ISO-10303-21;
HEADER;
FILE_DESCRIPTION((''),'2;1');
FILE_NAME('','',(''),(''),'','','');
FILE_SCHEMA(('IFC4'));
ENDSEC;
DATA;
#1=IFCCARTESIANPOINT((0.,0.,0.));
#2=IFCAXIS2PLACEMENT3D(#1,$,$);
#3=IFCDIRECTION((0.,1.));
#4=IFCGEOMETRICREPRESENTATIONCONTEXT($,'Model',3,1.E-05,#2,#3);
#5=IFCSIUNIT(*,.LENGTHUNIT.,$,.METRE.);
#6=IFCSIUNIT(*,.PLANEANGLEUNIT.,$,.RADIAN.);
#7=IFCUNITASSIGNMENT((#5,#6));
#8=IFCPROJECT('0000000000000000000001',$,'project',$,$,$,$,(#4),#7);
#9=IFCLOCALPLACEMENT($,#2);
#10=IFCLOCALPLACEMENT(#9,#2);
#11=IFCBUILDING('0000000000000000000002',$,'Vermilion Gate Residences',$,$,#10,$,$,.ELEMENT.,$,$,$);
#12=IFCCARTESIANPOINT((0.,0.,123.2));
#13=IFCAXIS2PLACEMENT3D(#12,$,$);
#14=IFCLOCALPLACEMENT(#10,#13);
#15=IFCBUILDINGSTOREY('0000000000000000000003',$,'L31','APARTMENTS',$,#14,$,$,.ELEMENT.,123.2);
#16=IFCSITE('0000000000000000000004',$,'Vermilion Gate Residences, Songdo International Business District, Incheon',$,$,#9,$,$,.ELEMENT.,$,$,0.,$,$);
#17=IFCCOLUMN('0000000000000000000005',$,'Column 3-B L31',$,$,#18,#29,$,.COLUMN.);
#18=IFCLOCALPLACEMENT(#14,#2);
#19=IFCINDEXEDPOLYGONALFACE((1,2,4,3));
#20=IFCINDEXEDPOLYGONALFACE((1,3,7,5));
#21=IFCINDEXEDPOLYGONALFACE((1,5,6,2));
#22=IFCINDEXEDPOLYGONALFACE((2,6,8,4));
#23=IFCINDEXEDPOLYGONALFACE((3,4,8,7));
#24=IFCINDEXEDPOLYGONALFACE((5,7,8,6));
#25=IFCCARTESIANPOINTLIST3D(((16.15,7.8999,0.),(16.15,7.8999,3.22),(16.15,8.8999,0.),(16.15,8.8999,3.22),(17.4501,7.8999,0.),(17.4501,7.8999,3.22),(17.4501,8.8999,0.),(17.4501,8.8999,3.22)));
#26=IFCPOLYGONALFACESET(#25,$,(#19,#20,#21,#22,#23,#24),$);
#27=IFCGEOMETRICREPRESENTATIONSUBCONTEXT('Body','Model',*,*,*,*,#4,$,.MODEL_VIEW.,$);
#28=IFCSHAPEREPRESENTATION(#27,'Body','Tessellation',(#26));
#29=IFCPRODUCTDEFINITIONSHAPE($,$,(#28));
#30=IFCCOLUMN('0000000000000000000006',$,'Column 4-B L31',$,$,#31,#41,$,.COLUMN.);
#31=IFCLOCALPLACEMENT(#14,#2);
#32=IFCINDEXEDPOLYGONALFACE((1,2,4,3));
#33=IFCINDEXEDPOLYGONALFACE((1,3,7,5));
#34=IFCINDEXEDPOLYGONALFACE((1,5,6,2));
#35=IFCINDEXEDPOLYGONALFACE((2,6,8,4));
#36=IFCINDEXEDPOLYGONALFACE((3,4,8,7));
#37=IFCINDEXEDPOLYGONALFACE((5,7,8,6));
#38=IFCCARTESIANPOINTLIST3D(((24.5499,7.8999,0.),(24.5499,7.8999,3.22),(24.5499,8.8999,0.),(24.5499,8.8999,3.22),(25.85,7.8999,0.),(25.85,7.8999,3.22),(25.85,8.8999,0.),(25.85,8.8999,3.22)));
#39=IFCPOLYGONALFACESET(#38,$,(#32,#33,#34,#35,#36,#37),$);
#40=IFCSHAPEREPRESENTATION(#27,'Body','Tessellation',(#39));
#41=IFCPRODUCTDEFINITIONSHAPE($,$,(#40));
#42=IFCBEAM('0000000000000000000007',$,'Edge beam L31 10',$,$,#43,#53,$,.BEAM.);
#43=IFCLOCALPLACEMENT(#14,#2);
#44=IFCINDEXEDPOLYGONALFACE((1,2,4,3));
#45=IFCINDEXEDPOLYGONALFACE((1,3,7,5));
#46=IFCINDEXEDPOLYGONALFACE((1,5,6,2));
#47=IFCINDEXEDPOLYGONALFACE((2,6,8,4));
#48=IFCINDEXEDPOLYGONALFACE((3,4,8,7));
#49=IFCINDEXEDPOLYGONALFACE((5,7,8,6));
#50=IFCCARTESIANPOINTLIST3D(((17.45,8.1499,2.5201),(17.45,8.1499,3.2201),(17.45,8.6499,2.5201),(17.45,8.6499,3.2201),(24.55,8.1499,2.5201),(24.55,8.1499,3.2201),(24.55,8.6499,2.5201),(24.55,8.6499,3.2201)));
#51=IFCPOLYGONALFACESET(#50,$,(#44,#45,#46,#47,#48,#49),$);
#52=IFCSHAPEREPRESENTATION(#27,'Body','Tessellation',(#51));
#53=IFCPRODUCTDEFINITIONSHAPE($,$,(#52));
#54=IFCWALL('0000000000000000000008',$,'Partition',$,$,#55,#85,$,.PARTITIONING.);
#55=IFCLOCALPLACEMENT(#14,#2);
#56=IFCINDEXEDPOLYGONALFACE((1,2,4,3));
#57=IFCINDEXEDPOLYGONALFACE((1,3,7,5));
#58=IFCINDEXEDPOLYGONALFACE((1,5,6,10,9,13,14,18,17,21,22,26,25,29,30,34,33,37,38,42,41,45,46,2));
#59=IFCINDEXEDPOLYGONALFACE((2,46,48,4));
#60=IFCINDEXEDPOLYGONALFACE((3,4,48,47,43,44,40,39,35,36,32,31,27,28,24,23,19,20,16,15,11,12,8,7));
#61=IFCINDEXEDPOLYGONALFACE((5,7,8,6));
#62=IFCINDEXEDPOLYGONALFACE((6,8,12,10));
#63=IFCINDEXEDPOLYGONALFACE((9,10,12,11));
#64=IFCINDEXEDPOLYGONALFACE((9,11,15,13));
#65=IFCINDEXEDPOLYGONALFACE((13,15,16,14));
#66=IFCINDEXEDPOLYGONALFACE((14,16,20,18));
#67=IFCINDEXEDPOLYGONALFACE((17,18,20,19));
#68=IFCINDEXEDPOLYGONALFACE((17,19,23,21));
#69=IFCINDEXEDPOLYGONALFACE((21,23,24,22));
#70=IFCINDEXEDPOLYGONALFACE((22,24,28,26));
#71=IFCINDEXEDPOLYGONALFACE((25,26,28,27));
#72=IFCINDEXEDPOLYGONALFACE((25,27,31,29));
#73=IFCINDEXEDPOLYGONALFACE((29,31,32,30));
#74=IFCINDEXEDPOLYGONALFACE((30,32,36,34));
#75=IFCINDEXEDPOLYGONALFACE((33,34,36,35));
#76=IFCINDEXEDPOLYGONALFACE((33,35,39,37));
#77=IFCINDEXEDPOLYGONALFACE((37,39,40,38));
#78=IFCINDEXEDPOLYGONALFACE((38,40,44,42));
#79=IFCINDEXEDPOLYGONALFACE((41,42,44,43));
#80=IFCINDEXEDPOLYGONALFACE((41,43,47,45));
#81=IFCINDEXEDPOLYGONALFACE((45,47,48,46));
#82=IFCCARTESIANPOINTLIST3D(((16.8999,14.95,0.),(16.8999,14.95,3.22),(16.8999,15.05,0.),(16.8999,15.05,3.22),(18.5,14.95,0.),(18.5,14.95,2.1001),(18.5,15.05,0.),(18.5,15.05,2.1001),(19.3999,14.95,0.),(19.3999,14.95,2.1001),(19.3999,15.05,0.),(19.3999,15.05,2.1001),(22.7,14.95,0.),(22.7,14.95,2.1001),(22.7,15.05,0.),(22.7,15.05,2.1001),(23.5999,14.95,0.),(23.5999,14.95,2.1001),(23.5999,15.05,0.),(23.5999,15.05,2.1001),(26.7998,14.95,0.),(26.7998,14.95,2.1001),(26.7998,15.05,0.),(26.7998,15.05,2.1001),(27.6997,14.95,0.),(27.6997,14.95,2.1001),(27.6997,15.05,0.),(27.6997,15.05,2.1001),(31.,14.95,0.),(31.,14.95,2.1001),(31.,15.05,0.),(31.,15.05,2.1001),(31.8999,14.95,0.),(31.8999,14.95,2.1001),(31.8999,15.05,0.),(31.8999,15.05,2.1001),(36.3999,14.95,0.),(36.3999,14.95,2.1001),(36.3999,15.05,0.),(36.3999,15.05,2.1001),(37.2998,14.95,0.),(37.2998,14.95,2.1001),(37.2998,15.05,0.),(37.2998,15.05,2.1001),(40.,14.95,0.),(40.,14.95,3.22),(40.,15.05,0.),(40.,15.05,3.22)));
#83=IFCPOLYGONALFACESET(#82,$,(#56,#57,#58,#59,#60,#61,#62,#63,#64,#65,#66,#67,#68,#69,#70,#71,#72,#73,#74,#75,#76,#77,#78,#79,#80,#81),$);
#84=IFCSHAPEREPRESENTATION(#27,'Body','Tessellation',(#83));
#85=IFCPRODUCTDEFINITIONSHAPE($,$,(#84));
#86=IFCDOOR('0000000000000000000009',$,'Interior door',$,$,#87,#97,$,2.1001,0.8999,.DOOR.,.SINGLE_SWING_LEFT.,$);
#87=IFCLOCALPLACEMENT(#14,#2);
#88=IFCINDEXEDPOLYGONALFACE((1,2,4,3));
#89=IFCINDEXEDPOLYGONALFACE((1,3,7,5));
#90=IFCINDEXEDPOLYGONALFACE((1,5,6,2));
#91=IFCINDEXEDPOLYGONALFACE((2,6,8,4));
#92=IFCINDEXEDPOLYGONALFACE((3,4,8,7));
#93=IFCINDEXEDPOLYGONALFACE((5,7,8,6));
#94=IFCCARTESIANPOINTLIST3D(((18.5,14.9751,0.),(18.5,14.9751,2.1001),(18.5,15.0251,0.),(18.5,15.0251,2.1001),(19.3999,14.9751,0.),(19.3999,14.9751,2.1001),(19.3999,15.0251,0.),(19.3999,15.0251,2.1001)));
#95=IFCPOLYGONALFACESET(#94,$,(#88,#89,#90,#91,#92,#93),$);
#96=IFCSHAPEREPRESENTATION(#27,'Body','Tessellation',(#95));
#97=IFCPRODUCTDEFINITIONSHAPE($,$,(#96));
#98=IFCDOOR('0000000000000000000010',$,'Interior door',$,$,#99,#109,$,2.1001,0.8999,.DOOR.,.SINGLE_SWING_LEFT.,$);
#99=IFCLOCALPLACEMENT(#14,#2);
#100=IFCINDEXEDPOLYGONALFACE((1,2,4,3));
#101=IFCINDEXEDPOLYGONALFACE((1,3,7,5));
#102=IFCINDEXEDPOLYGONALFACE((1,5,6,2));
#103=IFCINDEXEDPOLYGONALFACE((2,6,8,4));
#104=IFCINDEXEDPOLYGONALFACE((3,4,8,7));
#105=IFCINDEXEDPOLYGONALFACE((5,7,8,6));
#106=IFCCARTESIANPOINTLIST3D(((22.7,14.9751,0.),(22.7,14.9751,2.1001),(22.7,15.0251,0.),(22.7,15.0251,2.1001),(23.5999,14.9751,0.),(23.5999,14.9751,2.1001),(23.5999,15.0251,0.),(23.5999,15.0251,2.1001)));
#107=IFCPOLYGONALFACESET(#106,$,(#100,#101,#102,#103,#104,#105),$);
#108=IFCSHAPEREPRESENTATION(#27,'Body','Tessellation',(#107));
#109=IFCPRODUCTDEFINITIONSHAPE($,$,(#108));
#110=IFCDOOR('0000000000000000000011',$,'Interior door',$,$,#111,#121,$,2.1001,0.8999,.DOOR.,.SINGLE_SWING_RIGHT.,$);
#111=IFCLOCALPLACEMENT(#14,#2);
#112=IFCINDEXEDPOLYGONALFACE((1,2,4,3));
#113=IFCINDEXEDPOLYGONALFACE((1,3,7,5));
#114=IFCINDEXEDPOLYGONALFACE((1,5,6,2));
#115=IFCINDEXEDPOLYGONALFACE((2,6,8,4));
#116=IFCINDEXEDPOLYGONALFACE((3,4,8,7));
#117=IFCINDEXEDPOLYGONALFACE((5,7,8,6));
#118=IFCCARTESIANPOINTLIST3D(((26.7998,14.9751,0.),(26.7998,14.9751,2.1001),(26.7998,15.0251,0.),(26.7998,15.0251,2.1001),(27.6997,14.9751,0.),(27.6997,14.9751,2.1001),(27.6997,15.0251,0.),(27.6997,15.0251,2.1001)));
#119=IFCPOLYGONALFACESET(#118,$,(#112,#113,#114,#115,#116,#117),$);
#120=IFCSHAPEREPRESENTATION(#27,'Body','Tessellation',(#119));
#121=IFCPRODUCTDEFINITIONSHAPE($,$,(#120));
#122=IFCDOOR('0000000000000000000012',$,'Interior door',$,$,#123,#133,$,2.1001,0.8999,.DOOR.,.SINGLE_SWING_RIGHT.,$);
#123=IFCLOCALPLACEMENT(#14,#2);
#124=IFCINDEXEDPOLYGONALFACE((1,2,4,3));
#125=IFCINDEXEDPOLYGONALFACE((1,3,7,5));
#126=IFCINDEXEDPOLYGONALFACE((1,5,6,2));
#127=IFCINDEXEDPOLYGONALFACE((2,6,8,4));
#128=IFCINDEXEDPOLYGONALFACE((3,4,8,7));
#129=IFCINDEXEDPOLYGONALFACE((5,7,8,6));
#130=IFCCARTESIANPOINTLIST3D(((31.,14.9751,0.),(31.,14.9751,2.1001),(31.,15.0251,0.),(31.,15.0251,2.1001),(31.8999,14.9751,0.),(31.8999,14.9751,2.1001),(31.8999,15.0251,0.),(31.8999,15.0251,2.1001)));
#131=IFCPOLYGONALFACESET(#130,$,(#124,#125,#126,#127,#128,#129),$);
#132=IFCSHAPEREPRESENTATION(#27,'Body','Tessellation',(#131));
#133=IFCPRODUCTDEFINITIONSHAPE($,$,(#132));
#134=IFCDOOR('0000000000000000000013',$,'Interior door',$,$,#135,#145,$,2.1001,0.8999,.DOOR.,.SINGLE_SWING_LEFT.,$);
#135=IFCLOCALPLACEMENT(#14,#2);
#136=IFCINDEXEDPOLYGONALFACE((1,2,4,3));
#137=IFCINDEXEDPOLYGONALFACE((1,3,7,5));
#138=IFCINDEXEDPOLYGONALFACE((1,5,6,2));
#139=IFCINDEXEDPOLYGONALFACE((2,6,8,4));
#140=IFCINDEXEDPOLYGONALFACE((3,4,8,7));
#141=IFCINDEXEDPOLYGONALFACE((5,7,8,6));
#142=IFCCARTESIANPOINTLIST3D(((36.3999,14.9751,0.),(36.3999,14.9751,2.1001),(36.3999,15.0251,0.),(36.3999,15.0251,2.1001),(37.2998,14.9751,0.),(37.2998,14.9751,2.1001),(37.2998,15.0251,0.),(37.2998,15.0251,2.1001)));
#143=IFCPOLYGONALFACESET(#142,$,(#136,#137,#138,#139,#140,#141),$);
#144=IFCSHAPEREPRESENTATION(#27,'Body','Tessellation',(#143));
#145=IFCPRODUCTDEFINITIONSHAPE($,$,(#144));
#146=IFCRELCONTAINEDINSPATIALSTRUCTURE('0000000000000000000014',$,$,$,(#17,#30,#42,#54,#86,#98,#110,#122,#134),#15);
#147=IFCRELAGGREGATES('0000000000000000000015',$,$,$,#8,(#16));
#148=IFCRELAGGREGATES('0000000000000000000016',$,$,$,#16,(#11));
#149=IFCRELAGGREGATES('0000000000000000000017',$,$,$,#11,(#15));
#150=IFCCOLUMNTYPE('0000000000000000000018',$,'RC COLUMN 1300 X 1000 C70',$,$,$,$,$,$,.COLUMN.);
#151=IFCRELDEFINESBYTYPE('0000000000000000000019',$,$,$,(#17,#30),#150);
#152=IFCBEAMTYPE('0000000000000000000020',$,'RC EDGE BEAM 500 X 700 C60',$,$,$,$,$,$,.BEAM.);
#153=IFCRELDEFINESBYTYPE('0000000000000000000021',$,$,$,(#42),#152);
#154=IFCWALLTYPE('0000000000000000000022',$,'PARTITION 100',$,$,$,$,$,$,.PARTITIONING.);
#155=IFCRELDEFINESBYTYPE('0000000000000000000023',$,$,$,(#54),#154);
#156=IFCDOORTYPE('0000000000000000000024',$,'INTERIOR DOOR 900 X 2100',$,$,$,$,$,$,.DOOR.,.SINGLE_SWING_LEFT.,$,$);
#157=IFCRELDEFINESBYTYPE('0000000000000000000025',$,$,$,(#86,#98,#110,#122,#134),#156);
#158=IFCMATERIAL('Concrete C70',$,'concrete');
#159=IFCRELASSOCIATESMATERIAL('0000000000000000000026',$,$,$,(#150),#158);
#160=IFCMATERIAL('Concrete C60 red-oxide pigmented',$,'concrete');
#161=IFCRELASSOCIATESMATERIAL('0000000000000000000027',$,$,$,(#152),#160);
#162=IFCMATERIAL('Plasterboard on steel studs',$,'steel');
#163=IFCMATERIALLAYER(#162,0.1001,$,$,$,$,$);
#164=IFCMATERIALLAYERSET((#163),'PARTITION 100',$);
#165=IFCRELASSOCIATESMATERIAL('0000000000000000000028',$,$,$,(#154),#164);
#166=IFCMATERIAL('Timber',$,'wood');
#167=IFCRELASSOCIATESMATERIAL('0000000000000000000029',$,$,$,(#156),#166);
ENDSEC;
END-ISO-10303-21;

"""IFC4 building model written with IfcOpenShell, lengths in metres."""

from ifc_helpers import new_model, si_unit, direction, frame, frame_2d, origin, origin_2d, place, context, subcontext, project, spatial, rectangle, extrude, material, layer, layer_set, material_profile, profile_set, type_object, element, fill, save


model = new_model("IFC4")

# Units and contexts
model_context = context("Model", 3, precision=1e-05, world=origin(), true_north=direction((0.0, 1.0)))
body_context = subcontext(model_context, "Body", "Model", "MODEL_VIEW")
ifc_project = project(units=[si_unit("LENGTHUNIT", "METRE"), si_unit("PLANEANGLEUNIT", "RADIAN")], contexts=[model_context])

# Site, building, storey
site_placement = place(None, origin())
site = spatial("IfcSite", under=ifc_project, at=site_placement, Name="Vermilion Gate Residences, Songdo International Business District, Incheon", CompositionType="ELEMENT", RefElevation=0.0)
building_placement = place(site_placement, origin())
building = spatial("IfcBuilding", under=site, at=building_placement, Name="Vermilion Gate Residences", CompositionType="ELEMENT")
storey_placement = place(building_placement, frame((0.0, 0.0, 123.2)))
storey = spatial("IfcBuildingStorey", under=building, at=storey_placement, Name="L31", Description="APARTMENTS", CompositionType="ELEMENT", Elevation=123.2)

# Columns
ifc_material_1 = material(Name="Concrete C70", Category="concrete")
ifc_material_profile_1 = material_profile(ifc_material_1, rectangle(XDim=1.3, YDim=1.0, at=origin_2d()), Name="RC-1300x1000")
ifc_profile_set_1 = profile_set([ifc_material_profile_1], Name="Concrete C70")
column_type = type_object("IfcColumnType", Name="RC COLUMN 1300 X 1000 C70", PredefinedType="COLUMN", material=ifc_profile_set_1)
for number, where, z_axis, x_axis, name in (
    (1, (16.8, 8.3999, 0.0), (0.0, 0.0, 1.0), (1.0, 0.0, 0.0), "Column 3-B L31"),
    (2, (25.2, 8.3999, 0.0), (0.0, 0.0, 1.0), (1.0, 0.0, 0.0), "Column 4-B L31"),
):
    element("IfcColumn", number, at=place(storey_placement, frame(where, z_axis=z_axis, x_axis=x_axis)), inside=storey, type_object=column_type, Name=name, PredefinedType="COLUMN", context=body_context, shape_type="SweptSolid", body=[
        extrude(rectangle(XDim=1.3, YDim=1.0, at=origin_2d()), origin(), (0.0, 0.0, 1.0), 3.22),
    ])

# Beam
ifc_material_2 = material(Name="Concrete C60 red-oxide pigmented", Category="concrete")
ifc_material_profile_2 = material_profile(ifc_material_2, rectangle(XDim=0.5, YDim=0.7, at=origin_2d()), Name="RC-500x700")
ifc_profile_set_2 = profile_set([ifc_material_profile_2], Name="Concrete C60 red-oxide pigmented")
beam_type = type_object("IfcBeamType", Name="RC EDGE BEAM 500 X 700 C60", PredefinedType="BEAM", material=ifc_profile_set_2)
beam_placement = place(storey_placement, frame((17.45, 8.3999, 2.8701), z_axis=(1.0, 0.0, 0.0), x_axis=(0.0, 1.0, 0.0)))
element("IfcBeam", 3, at=beam_placement, inside=storey, type_object=beam_type, Name="Edge beam L31 10", PredefinedType="BEAM", context=body_context, shape_type="SweptSolid", body=[
    extrude(rectangle(XDim=0.5, YDim=0.7, at=origin_2d()), origin(), (0.0, 0.0, 1.0), 7.1001),
])

# Wall, openings, doors
ifc_material_3 = material(Name="Plasterboard on steel studs", Category="steel")
ifc_layer_1 = layer(ifc_material_3, 0.1001)
ifc_layer_set_1 = layer_set([ifc_layer_1], Name="PARTITION 100")
wall_type_1 = type_object("IfcWallType", Name="PARTITION 100", PredefinedType="PARTITIONING", material=ifc_layer_set_1)
wall_1_placement = place(storey_placement, frame((16.8999, 15.0, 0.0), z_axis=(0.0, 0.0, 1.0), x_axis=(1.0, 0.0, 0.0)))
wall_1 = element("IfcWall", 4, at=wall_1_placement, inside=storey, type_object=wall_type_1, Name="Partition", PredefinedType="PARTITIONING", context=body_context, shape_type="SweptSolid", body=[
    extrude(rectangle(XDim=23.1001, YDim=0.1001, at=frame_2d((11.55, 0.0))), origin(), (0.0, 0.0, 1.0), 3.22),
])
opening_1_placement = place(wall_1_placement, frame((1.6001, 0.0, 0.0)))
opening_1 = element("IfcOpeningElement", 5, at=opening_1_placement, cuts=wall_1, PredefinedType="OPENING", context=body_context, shape_type="SweptSolid", body=[
    extrude(rectangle(XDim=0.8999, YDim=2.1001, at=frame_2d((0.45, 1.05))), frame((0.0, 0.0601, 0.0), z_axis=(0.0, -1.0, 0.0), x_axis=(1.0, 0.0, 0.0)), (0.0, 0.0, 1.0), 0.1201),
])
opening_2_placement = place(wall_1_placement, frame((5.8, 0.0, 0.0)))
opening_2 = element("IfcOpeningElement", 6, at=opening_2_placement, cuts=wall_1, PredefinedType="OPENING", context=body_context, shape_type="SweptSolid", body=[
    extrude(rectangle(XDim=0.8999, YDim=2.1001, at=frame_2d((0.45, 1.05))), frame((0.0, 0.0601, 0.0), z_axis=(0.0, -1.0, 0.0), x_axis=(1.0, 0.0, 0.0)), (0.0, 0.0, 1.0), 0.1201),
])
opening_3_placement = place(wall_1_placement, frame((9.8999, 0.0, 0.0)))
opening_3 = element("IfcOpeningElement", 7, at=opening_3_placement, cuts=wall_1, PredefinedType="OPENING", context=body_context, shape_type="SweptSolid", body=[
    extrude(rectangle(XDim=0.8999, YDim=2.1001, at=frame_2d((0.45, 1.05))), frame((0.0, 0.0601, 0.0), z_axis=(0.0, -1.0, 0.0), x_axis=(1.0, 0.0, 0.0)), (0.0, 0.0, 1.0), 0.1201),
])
opening_4_placement = place(wall_1_placement, frame((14.1001, 0.0, 0.0)))
opening_4 = element("IfcOpeningElement", 8, at=opening_4_placement, cuts=wall_1, PredefinedType="OPENING", context=body_context, shape_type="SweptSolid", body=[
    extrude(rectangle(XDim=0.8999, YDim=2.1001, at=frame_2d((0.45, 1.05))), frame((0.0, 0.0601, 0.0), z_axis=(0.0, -1.0, 0.0), x_axis=(1.0, 0.0, 0.0)), (0.0, 0.0, 1.0), 0.1201),
])
opening_5_placement = place(wall_1_placement, frame((19.5, 0.0, 0.0)))
opening_5 = element("IfcOpeningElement", 9, at=opening_5_placement, cuts=wall_1, PredefinedType="OPENING", context=body_context, shape_type="SweptSolid", body=[
    extrude(rectangle(XDim=0.8999, YDim=2.1001, at=frame_2d((0.45, 1.05))), frame((0.0, 0.0601, 0.0), z_axis=(0.0, -1.0, 0.0), x_axis=(1.0, 0.0, 0.0)), (0.0, 0.0, 1.0), 0.1201),
])
ifc_material_4 = material(Name="Timber", Category="wood")
door_type = type_object("IfcDoorType", Name="INTERIOR DOOR 900 X 2100", OperationType="SINGLE_SWING_LEFT", PredefinedType="DOOR", material=ifc_material_4)
door_1_placement = place(opening_1_placement, frame((0.8999, 0.0, 0.0), z_axis=(0.0, 0.0, 1.0), x_axis=(-1.0, 0.0, 0.0)))
door_1 = element("IfcDoor", 10, at=door_1_placement, inside=storey, type_object=door_type, Name="Interior door", OperationType="SINGLE_SWING_LEFT", OverallHeight=2.1001, OverallWidth=0.8999, PredefinedType="DOOR", context=body_context, shape_type="SweptSolid", body=[
    extrude(rectangle(XDim=0.8999, YDim=2.1001, at=frame_2d((0.45, 1.05))), frame((0.0, 0.0249, 0.0), z_axis=(0.0, -1.0, 0.0), x_axis=(1.0, 0.0, 0.0)), (0.0, 0.0, 1.0), 0.05),
])
fill(opening_1, door_1)
door_2_placement = place(opening_2_placement, frame((0.8999, 0.0, 0.0), z_axis=(0.0, 0.0, 1.0), x_axis=(-1.0, 0.0, 0.0)))
door_2 = element("IfcDoor", 11, at=door_2_placement, inside=storey, type_object=door_type, Name="Interior door", OperationType="SINGLE_SWING_LEFT", OverallHeight=2.1001, OverallWidth=0.8999, PredefinedType="DOOR", context=body_context, shape_type="SweptSolid", body=[
    extrude(rectangle(XDim=0.8999, YDim=2.1001, at=frame_2d((0.45, 1.05))), frame((0.0, 0.0249, 0.0), z_axis=(0.0, -1.0, 0.0), x_axis=(1.0, 0.0, 0.0)), (0.0, 0.0, 1.0), 0.05),
])
fill(opening_2, door_2)
door_3_placement = place(opening_3_placement, frame((0.8999, 0.0, 0.0), z_axis=(0.0, 0.0, 1.0), x_axis=(-1.0, 0.0, 0.0)))
door_3 = element("IfcDoor", 12, at=door_3_placement, inside=storey, type_object=door_type, Name="Interior door", OperationType="SINGLE_SWING_RIGHT", OverallHeight=2.1001, OverallWidth=0.8999, PredefinedType="DOOR", context=body_context, shape_type="SweptSolid", body=[
    extrude(rectangle(XDim=0.8999, YDim=2.1001, at=frame_2d((0.45, 1.05))), frame((0.0, 0.0249, 0.0), z_axis=(0.0, -1.0, 0.0), x_axis=(1.0, 0.0, 0.0)), (0.0, 0.0, 1.0), 0.05),
])
fill(opening_3, door_3)
door_4_placement = place(opening_4_placement, frame((0.8999, 0.0, 0.0), z_axis=(0.0, 0.0, 1.0), x_axis=(-1.0, 0.0, 0.0)))
door_4 = element("IfcDoor", 13, at=door_4_placement, inside=storey, type_object=door_type, Name="Interior door", OperationType="SINGLE_SWING_RIGHT", OverallHeight=2.1001, OverallWidth=0.8999, PredefinedType="DOOR", context=body_context, shape_type="SweptSolid", body=[
    extrude(rectangle(XDim=0.8999, YDim=2.1001, at=frame_2d((0.45, 1.05))), frame((0.0, 0.0249, 0.0), z_axis=(0.0, -1.0, 0.0), x_axis=(1.0, 0.0, 0.0)), (0.0, 0.0, 1.0), 0.05),
])
fill(opening_4, door_4)
door_5_placement = place(opening_5_placement, frame((0.8999, 0.0, 0.0), z_axis=(0.0, 0.0, 1.0), x_axis=(-1.0, 0.0, 0.0)))
door_5 = element("IfcDoor", 14, at=door_5_placement, inside=storey, type_object=door_type, Name="Interior door", OperationType="SINGLE_SWING_LEFT", OverallHeight=2.1001, OverallWidth=0.8999, PredefinedType="DOOR", context=body_context, shape_type="SweptSolid", body=[
    extrude(rectangle(XDim=0.8999, YDim=2.1001, at=frame_2d((0.45, 1.05))), frame((0.0, 0.0249, 0.0), z_axis=(0.0, -1.0, 0.0), x_axis=(1.0, 0.0, 0.0)), (0.0, 0.0, 1.0), 0.05),
])
fill(opening_5, door_5)

save(model, "model.ifc")
